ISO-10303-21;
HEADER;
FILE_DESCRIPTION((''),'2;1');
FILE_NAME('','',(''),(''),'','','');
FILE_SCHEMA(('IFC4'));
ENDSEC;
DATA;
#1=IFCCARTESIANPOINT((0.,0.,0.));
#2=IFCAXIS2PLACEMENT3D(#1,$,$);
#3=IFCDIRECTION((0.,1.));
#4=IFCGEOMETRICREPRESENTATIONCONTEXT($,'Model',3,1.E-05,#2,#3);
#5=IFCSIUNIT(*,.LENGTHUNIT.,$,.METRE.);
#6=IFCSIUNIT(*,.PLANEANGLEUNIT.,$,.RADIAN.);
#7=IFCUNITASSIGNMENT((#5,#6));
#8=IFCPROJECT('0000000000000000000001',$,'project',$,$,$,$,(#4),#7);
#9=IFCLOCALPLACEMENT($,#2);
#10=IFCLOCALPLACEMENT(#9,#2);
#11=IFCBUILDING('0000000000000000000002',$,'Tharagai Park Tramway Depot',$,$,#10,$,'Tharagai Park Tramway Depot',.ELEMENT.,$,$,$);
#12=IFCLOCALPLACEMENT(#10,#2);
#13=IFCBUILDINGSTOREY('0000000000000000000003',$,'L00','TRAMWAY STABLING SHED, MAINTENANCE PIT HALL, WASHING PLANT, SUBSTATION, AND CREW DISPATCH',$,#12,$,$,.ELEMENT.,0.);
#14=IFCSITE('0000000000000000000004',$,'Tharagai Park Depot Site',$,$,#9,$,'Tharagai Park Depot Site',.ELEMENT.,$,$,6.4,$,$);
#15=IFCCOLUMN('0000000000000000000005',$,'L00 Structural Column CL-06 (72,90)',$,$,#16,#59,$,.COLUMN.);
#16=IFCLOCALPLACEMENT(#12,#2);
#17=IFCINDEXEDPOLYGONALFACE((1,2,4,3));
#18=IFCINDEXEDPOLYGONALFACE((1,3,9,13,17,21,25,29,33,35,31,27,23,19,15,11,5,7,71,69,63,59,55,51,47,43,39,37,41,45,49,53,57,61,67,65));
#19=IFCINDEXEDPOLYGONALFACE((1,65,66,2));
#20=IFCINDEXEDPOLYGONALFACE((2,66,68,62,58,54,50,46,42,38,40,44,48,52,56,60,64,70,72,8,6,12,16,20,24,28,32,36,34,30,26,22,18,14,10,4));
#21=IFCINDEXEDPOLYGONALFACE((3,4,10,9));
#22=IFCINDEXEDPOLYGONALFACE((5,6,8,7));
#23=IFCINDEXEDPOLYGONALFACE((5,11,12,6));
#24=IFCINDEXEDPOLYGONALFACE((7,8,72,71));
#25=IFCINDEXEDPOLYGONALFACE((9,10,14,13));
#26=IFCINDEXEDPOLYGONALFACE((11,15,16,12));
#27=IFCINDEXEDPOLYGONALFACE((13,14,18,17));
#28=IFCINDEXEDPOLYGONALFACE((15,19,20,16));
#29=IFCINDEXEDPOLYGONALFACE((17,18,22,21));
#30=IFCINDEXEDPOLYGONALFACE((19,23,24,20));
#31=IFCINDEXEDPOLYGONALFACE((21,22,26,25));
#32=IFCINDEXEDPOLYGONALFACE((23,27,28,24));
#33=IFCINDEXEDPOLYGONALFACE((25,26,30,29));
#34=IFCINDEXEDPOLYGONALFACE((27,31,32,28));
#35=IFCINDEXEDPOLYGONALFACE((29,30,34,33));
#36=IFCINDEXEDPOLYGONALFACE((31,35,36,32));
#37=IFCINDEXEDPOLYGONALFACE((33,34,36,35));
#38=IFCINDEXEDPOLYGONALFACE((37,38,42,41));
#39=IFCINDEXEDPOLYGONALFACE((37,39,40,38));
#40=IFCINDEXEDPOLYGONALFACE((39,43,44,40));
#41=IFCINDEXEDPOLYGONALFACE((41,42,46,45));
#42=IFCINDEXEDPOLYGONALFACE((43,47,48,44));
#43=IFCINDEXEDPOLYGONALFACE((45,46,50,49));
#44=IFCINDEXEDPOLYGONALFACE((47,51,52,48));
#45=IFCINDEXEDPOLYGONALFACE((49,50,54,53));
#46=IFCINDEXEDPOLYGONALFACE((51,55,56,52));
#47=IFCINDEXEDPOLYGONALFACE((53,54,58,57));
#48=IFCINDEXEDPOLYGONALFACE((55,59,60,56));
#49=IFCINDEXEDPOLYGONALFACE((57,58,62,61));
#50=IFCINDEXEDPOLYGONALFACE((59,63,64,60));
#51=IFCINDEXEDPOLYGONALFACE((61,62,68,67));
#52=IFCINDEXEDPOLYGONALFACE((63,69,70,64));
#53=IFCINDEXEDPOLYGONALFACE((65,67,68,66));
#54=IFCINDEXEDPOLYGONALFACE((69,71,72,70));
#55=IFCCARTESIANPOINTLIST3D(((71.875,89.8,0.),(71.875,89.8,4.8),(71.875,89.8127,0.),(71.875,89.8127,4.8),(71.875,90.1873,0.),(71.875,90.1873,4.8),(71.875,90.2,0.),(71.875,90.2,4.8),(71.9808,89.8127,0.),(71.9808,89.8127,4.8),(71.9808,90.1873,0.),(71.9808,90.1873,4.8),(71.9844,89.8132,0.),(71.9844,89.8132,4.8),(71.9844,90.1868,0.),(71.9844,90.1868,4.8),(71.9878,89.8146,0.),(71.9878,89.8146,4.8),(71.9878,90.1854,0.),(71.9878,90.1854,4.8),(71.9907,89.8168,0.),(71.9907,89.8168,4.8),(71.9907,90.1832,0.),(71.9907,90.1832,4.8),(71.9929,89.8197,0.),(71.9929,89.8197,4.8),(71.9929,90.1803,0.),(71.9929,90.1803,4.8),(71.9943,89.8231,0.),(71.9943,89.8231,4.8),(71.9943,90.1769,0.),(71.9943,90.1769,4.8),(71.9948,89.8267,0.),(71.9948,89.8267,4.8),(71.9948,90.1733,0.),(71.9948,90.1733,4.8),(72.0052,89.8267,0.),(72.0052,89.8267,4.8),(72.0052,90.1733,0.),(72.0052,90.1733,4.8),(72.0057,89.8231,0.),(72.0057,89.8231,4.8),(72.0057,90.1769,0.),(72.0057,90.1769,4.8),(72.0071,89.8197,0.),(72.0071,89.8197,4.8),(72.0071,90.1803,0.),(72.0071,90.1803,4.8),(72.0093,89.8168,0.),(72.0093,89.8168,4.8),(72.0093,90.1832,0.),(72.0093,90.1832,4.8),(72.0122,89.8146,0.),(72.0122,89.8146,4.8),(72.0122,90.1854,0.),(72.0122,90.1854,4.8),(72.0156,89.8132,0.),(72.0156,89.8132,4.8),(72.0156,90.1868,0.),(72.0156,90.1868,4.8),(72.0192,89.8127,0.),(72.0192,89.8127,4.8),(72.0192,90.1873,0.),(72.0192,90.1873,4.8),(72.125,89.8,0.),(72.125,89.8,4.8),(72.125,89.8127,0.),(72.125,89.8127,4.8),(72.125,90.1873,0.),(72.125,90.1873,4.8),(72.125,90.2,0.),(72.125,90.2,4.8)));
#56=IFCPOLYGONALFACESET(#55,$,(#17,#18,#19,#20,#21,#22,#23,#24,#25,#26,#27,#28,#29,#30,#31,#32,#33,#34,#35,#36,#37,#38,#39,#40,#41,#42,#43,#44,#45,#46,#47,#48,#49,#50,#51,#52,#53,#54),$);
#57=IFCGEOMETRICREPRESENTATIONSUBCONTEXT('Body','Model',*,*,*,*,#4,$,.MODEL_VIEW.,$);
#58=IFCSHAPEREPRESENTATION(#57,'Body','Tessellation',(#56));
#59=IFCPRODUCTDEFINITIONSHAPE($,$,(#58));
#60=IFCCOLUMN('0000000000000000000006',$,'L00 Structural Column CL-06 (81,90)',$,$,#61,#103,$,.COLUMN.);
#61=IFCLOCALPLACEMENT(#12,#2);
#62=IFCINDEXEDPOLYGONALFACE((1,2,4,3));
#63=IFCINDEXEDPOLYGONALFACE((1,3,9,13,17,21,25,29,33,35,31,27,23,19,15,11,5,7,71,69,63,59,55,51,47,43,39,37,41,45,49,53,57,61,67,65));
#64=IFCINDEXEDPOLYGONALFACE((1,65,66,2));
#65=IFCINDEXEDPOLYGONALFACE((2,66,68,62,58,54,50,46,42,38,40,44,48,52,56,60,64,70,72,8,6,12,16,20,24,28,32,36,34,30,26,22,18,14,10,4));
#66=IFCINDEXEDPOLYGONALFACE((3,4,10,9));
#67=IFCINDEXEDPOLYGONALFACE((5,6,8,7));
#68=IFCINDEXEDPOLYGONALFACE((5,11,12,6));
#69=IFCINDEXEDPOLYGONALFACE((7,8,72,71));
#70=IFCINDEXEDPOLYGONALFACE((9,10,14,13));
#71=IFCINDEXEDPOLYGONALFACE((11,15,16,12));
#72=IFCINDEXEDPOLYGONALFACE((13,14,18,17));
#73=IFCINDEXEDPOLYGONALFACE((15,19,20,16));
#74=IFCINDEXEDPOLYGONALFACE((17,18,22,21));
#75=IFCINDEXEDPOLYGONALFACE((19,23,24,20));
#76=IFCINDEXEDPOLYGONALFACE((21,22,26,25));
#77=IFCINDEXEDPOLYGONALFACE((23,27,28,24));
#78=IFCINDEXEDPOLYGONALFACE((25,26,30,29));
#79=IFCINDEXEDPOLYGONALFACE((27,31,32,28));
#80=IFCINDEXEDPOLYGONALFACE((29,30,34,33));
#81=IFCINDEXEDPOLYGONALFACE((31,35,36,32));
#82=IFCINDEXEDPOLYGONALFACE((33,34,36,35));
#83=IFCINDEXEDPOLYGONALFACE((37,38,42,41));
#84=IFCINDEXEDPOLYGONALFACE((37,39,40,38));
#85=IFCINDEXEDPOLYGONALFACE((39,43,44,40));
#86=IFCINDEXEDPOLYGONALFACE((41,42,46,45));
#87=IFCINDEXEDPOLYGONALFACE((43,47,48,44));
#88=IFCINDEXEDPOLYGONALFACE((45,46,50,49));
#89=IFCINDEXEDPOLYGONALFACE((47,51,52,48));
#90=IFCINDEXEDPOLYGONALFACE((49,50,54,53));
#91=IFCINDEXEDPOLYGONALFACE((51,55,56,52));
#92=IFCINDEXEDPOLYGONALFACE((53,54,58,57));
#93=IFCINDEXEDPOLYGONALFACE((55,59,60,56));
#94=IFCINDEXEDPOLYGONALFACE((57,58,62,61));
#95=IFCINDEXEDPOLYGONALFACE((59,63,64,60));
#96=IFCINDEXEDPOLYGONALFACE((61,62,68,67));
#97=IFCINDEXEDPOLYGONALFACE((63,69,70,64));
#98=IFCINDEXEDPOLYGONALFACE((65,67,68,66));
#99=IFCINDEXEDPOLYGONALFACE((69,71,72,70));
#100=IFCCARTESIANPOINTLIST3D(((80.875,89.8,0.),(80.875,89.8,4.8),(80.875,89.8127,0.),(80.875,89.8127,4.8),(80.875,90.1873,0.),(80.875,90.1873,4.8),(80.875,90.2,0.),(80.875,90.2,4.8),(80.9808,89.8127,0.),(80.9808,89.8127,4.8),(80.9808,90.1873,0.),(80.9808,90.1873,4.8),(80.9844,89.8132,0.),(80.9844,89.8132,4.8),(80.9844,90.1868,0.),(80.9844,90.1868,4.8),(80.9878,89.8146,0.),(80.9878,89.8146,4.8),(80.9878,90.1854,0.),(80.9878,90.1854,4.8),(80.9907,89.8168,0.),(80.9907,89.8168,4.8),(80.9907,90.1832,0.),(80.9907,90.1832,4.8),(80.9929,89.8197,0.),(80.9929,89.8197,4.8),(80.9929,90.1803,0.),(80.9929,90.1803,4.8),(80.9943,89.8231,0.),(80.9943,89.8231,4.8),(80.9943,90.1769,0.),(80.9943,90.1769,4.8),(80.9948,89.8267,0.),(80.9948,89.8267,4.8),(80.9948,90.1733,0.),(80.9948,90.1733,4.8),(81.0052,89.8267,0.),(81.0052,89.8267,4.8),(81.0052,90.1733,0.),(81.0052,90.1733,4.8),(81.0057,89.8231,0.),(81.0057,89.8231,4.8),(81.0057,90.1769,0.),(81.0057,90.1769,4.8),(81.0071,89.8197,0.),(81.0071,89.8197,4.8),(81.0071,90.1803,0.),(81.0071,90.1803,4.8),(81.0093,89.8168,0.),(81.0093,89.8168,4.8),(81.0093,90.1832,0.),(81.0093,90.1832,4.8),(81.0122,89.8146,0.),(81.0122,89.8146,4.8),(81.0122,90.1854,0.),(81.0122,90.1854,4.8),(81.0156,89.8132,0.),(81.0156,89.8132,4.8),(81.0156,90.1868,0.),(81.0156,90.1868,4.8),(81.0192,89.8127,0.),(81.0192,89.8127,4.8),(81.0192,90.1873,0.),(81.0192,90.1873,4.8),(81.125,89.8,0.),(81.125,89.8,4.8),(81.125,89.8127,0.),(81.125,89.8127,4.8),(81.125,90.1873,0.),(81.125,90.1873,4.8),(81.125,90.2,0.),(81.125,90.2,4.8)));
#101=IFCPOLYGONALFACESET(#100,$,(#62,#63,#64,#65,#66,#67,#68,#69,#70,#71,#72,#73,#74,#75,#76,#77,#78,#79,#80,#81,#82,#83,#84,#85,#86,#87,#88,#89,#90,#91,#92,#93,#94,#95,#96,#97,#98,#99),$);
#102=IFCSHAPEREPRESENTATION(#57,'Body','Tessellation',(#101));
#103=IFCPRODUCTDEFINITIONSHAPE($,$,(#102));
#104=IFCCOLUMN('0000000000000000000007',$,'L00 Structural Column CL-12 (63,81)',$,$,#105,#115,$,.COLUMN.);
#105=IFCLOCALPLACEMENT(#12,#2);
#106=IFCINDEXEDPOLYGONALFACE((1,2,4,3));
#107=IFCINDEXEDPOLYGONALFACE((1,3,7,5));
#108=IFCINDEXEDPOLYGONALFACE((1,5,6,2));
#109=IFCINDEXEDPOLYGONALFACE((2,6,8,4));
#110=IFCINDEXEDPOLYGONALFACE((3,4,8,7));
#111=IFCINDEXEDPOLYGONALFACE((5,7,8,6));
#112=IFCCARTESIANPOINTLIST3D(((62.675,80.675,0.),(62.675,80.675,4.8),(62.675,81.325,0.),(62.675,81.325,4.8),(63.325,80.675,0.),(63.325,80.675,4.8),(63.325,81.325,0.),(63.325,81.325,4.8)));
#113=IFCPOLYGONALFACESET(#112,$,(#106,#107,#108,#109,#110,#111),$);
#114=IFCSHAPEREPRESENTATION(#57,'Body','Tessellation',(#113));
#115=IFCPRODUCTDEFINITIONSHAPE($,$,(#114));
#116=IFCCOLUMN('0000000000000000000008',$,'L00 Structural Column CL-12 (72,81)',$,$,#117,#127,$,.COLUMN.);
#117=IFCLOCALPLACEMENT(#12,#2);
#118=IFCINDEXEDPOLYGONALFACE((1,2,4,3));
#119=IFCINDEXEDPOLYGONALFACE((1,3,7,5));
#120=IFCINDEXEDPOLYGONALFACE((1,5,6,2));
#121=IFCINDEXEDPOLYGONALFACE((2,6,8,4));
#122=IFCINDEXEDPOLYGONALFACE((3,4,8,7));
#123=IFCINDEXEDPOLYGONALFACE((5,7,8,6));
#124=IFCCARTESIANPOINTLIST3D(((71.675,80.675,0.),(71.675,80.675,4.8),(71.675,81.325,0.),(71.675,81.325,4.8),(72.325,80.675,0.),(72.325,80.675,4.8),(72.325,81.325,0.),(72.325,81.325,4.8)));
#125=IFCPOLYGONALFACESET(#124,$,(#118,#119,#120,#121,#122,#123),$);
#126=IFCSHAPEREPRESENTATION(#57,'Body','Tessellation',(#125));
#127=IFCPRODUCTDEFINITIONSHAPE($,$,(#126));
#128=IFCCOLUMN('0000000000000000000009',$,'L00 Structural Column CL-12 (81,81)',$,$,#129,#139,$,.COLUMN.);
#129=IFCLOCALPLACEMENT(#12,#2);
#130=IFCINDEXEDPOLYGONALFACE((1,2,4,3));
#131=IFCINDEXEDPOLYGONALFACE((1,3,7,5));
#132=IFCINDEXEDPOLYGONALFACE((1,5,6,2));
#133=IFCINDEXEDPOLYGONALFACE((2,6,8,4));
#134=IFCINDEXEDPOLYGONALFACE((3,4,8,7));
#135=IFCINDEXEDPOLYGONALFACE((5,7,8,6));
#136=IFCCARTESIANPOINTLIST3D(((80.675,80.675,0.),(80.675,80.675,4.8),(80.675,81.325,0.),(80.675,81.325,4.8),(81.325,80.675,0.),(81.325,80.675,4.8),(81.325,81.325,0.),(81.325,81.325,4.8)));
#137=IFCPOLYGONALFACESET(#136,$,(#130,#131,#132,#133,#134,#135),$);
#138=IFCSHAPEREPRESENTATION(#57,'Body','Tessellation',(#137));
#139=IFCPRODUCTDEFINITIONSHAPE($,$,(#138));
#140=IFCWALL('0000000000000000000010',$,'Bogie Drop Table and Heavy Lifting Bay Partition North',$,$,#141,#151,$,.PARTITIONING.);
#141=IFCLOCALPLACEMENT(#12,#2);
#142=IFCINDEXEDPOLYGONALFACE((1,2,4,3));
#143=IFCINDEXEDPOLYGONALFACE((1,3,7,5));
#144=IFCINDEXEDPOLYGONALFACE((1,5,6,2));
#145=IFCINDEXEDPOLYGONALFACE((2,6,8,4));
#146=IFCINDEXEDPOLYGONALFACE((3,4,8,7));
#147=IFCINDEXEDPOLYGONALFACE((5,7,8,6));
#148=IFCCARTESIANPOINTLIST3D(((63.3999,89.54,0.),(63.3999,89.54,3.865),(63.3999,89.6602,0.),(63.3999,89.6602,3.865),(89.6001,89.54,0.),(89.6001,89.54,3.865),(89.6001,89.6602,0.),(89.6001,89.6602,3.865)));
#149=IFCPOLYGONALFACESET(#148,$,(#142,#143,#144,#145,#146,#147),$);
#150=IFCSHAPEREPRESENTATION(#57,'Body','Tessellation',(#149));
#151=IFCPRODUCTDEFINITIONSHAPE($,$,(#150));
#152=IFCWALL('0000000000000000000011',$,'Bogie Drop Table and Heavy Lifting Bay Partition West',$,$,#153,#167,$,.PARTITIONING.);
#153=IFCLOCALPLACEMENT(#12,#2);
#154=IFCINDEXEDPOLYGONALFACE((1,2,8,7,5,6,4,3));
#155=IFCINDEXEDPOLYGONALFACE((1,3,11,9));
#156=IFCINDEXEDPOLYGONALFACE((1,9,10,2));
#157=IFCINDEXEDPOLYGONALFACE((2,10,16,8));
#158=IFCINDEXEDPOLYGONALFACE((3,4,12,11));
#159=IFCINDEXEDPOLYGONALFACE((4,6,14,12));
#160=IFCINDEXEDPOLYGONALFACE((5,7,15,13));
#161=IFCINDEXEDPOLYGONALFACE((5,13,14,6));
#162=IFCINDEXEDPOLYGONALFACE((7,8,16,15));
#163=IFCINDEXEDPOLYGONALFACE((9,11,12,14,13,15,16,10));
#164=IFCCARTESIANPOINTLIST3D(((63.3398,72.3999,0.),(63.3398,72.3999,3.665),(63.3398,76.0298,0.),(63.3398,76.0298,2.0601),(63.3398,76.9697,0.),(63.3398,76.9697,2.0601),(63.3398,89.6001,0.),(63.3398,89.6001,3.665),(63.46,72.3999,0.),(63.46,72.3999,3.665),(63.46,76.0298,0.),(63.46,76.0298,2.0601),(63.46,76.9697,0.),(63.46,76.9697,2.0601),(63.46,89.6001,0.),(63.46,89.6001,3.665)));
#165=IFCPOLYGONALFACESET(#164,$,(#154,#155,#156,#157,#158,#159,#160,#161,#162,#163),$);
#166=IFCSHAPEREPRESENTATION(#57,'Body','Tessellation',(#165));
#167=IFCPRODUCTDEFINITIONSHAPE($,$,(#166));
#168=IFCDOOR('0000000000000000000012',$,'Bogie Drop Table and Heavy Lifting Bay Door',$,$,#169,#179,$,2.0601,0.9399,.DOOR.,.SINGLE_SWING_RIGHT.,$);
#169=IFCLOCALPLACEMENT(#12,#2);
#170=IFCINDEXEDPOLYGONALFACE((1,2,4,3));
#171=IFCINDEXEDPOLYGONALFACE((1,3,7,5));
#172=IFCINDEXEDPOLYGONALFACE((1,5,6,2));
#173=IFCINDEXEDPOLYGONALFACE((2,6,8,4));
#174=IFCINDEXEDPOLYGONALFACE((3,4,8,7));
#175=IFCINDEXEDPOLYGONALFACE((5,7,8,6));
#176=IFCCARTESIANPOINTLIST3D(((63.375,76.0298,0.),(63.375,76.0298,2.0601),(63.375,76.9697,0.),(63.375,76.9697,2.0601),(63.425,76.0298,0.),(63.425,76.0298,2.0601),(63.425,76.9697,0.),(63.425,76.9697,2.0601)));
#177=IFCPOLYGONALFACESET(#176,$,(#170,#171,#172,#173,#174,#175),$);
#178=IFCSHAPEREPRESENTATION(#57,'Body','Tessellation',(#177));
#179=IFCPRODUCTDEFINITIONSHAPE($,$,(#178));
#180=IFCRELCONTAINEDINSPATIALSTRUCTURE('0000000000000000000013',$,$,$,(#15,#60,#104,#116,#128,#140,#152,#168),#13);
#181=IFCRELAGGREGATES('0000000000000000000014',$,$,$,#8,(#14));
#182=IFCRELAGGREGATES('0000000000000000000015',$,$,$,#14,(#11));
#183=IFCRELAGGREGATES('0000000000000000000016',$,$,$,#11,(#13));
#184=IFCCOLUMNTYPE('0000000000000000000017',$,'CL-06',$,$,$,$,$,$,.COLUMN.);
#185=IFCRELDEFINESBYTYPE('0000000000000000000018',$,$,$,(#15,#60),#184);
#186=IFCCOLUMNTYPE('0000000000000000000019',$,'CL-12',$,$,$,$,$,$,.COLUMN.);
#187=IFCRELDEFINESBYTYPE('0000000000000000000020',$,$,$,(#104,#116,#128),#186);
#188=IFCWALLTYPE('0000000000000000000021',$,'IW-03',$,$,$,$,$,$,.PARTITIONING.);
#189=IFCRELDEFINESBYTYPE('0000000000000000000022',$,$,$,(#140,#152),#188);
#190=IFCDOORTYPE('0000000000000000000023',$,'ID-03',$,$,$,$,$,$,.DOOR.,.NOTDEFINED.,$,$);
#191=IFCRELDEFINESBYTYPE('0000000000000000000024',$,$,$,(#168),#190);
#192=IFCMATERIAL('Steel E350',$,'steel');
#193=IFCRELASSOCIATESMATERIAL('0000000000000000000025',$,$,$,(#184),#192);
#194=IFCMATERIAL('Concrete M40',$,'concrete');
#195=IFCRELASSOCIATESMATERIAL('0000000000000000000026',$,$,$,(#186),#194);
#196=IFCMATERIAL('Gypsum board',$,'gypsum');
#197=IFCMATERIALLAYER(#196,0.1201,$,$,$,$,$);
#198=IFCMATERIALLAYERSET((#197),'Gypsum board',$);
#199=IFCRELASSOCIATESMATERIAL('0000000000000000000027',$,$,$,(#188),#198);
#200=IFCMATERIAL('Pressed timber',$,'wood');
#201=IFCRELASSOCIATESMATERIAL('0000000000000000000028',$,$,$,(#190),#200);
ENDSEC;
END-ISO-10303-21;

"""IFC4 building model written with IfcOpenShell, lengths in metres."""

from ifc_helpers import new_model, si_unit, direction, frame, frame_2d, origin, origin_2d, place, context, subcontext, project, spatial, rectangle, i_section, extrude, material, layer, layer_set, material_profile, profile_set, type_object, element, fill, save


model = new_model("IFC4")

# Units and contexts
model_context = context("Model", 3, precision=1e-05, world=origin(), true_north=direction((0.0, 1.0)))
body_context = subcontext(model_context, "Body", "Model", "MODEL_VIEW")
ifc_project = project(units=[si_unit("LENGTHUNIT", "METRE"), si_unit("PLANEANGLEUNIT", "RADIAN")], contexts=[model_context])

# Site, building, storey
site_placement = place(None, origin())
site = spatial("IfcSite", under=ifc_project, at=site_placement, Name="Tharagai Park Depot Site", LongName="Tharagai Park Depot Site", CompositionType="ELEMENT", RefElevation=6.4)
building_placement = place(site_placement, origin())
building = spatial("IfcBuilding", under=site, at=building_placement, Name="Tharagai Park Tramway Depot", LongName="Tharagai Park Tramway Depot", CompositionType="ELEMENT")
storey_placement = place(building_placement, origin())
storey = spatial("IfcBuildingStorey", under=building, at=storey_placement, Name="L00", Description="TRAMWAY STABLING SHED, MAINTENANCE PIT HALL, WASHING PLANT, SUBSTATION, AND CREW DISPATCH", CompositionType="ELEMENT", Elevation=0.0)

# Shared definitions
ifc_material_1 = material(Name="Concrete M40", Category="concrete")

# Columns
ifc_material_2 = material(Name="Steel E350", Category="steel")
ifc_material_profile_1 = material_profile(ifc_material_2, i_section(OverallWidth=0.25, OverallDepth=0.3999, WebThickness=0.0105, FlangeThickness=0.0127, FilletRadius=0.0139, at=origin_2d()), Name="ISHB 400")
ifc_profile_set_1 = profile_set([ifc_material_profile_1], Name="Steel E350")
column_type_1 = type_object("IfcColumnType", Name="CL-06", PredefinedType="COLUMN", material=ifc_profile_set_1)
for number, where, z_axis, x_axis, name in (
    (1, (72.0, 90.0, 0.0), (0.0, 0.0, 1.0), (1.0, 0.0, 0.0), "L00 Structural Column CL-06 (72,90)"),
    (2, (81.0, 90.0, 0.0), (0.0, 0.0, 1.0), (1.0, 0.0, 0.0), "L00 Structural Column CL-06 (81,90)"),
):
    element("IfcColumn", number, at=place(storey_placement, frame(where, z_axis=z_axis, x_axis=x_axis)), inside=storey, type_object=column_type_1, Name=name, PredefinedType="COLUMN", context=body_context, shape_type="SweptSolid", body=[
        extrude(i_section(OverallWidth=0.25, OverallDepth=0.3999, WebThickness=0.0105, FlangeThickness=0.0127, FilletRadius=0.0139, at=origin_2d()), origin(), (0.0, 0.0, 1.0), 4.8),
    ])
ifc_material_profile_2 = material_profile(ifc_material_1, rectangle(XDim=0.6499, YDim=0.6499, at=origin_2d()), Name="RC 650x650")
ifc_profile_set_2 = profile_set([ifc_material_profile_2], Name="Concrete M40")
column_type_2 = type_object("IfcColumnType", Name="CL-12", PredefinedType="COLUMN", material=ifc_profile_set_2)
for number, where, z_axis, x_axis, name in (
    (3, (63.0, 81.0, 0.0), (0.0, 0.0, 1.0), (1.0, 0.0, 0.0), "L00 Structural Column CL-12 (63,81)"),
    (4, (72.0, 81.0, 0.0), (0.0, 0.0, 1.0), (1.0, 0.0, 0.0), "L00 Structural Column CL-12 (72,81)"),
    (5, (81.0, 81.0, 0.0), (0.0, 0.0, 1.0), (1.0, 0.0, 0.0), "L00 Structural Column CL-12 (81,81)"),
):
    element("IfcColumn", number, at=place(storey_placement, frame(where, z_axis=z_axis, x_axis=x_axis)), inside=storey, type_object=column_type_2, Name=name, PredefinedType="COLUMN", context=body_context, shape_type="SweptSolid", body=[
        extrude(rectangle(XDim=0.6499, YDim=0.6499, at=origin_2d()), origin(), (0.0, 0.0, 1.0), 4.8),
    ])

# Wall
ifc_material_3 = material(Name="Gypsum board", Category="gypsum")
ifc_layer = layer(ifc_material_3, 0.1201)
ifc_layer_set = layer_set([ifc_layer], Name="Gypsum board")
wall_type = type_object("IfcWallType", Name="IW-03", PredefinedType="PARTITIONING", material=ifc_layer_set)
wall_1_placement = place(storey_placement, frame((63.3999, 89.6001, 0.0), z_axis=(0.0, 0.0, 1.0), x_axis=(1.0, 0.0, 0.0)))
element("IfcWall", 6, at=wall_1_placement, inside=storey, type_object=wall_type, Name="Bogie Drop Table and Heavy Lifting Bay Partition North", PredefinedType="PARTITIONING", context=body_context, shape_type="SweptSolid", body=[
    extrude(rectangle(XDim=26.2002, YDim=0.1201, at=frame_2d((13.1001, 0.0))), origin(), (0.0, 0.0, 1.0), 3.865),
])

# Wall, opening, door
wall_2_placement = place(storey_placement, frame((63.3999, 72.3999, 0.0), z_axis=(0.0, 0.0, 1.0), x_axis=(0.0, 1.0, 0.0)))
wall_2 = element("IfcWall", 7, at=wall_2_placement, inside=storey, type_object=wall_type, Name="Bogie Drop Table and Heavy Lifting Bay Partition West", PredefinedType="PARTITIONING", context=body_context, shape_type="SweptSolid", body=[
    extrude(rectangle(XDim=17.2002, YDim=0.1201, at=frame_2d((8.6001, 0.0))), origin(), (0.0, 0.0, 1.0), 3.665),
])
opening_placement = place(wall_2_placement, frame((3.6299, 0.0, 0.0)))
opening = element("IfcOpeningElement", 8, at=opening_placement, cuts=wall_2, PredefinedType="OPENING", context=body_context, shape_type="SweptSolid", body=[
    extrude(rectangle(XDim=0.9399, YDim=2.0601, at=frame_2d((0.47, 1.03))), frame((0.0, 0.0701, 0.0), z_axis=(0.0, -1.0, 0.0), x_axis=(1.0, 0.0, 0.0)), (0.0, 0.0, 1.0), 0.1401),
])
ifc_material_4 = material(Name="Pressed timber", Category="wood")
door_type = type_object("IfcDoorType", Name="ID-03", OperationType="NOTDEFINED", PredefinedType="DOOR", material=ifc_material_4)
door_placement = place(opening_placement, origin())
door = element("IfcDoor", 9, at=door_placement, inside=storey, type_object=door_type, Name="Bogie Drop Table and Heavy Lifting Bay Door", OperationType="SINGLE_SWING_RIGHT", OverallHeight=2.0601, OverallWidth=0.9399, PredefinedType="DOOR", context=body_context, shape_type="SweptSolid", body=[
    extrude(rectangle(XDim=0.9399, YDim=2.0601, at=frame_2d((0.47, 1.03))), frame((0.0, 0.0249, 0.0), z_axis=(0.0, -1.0, 0.0), x_axis=(1.0, 0.0, 0.0)), (0.0, 0.0, 1.0), 0.05),
])
fill(opening, door)

save(model, "model.ifc")
